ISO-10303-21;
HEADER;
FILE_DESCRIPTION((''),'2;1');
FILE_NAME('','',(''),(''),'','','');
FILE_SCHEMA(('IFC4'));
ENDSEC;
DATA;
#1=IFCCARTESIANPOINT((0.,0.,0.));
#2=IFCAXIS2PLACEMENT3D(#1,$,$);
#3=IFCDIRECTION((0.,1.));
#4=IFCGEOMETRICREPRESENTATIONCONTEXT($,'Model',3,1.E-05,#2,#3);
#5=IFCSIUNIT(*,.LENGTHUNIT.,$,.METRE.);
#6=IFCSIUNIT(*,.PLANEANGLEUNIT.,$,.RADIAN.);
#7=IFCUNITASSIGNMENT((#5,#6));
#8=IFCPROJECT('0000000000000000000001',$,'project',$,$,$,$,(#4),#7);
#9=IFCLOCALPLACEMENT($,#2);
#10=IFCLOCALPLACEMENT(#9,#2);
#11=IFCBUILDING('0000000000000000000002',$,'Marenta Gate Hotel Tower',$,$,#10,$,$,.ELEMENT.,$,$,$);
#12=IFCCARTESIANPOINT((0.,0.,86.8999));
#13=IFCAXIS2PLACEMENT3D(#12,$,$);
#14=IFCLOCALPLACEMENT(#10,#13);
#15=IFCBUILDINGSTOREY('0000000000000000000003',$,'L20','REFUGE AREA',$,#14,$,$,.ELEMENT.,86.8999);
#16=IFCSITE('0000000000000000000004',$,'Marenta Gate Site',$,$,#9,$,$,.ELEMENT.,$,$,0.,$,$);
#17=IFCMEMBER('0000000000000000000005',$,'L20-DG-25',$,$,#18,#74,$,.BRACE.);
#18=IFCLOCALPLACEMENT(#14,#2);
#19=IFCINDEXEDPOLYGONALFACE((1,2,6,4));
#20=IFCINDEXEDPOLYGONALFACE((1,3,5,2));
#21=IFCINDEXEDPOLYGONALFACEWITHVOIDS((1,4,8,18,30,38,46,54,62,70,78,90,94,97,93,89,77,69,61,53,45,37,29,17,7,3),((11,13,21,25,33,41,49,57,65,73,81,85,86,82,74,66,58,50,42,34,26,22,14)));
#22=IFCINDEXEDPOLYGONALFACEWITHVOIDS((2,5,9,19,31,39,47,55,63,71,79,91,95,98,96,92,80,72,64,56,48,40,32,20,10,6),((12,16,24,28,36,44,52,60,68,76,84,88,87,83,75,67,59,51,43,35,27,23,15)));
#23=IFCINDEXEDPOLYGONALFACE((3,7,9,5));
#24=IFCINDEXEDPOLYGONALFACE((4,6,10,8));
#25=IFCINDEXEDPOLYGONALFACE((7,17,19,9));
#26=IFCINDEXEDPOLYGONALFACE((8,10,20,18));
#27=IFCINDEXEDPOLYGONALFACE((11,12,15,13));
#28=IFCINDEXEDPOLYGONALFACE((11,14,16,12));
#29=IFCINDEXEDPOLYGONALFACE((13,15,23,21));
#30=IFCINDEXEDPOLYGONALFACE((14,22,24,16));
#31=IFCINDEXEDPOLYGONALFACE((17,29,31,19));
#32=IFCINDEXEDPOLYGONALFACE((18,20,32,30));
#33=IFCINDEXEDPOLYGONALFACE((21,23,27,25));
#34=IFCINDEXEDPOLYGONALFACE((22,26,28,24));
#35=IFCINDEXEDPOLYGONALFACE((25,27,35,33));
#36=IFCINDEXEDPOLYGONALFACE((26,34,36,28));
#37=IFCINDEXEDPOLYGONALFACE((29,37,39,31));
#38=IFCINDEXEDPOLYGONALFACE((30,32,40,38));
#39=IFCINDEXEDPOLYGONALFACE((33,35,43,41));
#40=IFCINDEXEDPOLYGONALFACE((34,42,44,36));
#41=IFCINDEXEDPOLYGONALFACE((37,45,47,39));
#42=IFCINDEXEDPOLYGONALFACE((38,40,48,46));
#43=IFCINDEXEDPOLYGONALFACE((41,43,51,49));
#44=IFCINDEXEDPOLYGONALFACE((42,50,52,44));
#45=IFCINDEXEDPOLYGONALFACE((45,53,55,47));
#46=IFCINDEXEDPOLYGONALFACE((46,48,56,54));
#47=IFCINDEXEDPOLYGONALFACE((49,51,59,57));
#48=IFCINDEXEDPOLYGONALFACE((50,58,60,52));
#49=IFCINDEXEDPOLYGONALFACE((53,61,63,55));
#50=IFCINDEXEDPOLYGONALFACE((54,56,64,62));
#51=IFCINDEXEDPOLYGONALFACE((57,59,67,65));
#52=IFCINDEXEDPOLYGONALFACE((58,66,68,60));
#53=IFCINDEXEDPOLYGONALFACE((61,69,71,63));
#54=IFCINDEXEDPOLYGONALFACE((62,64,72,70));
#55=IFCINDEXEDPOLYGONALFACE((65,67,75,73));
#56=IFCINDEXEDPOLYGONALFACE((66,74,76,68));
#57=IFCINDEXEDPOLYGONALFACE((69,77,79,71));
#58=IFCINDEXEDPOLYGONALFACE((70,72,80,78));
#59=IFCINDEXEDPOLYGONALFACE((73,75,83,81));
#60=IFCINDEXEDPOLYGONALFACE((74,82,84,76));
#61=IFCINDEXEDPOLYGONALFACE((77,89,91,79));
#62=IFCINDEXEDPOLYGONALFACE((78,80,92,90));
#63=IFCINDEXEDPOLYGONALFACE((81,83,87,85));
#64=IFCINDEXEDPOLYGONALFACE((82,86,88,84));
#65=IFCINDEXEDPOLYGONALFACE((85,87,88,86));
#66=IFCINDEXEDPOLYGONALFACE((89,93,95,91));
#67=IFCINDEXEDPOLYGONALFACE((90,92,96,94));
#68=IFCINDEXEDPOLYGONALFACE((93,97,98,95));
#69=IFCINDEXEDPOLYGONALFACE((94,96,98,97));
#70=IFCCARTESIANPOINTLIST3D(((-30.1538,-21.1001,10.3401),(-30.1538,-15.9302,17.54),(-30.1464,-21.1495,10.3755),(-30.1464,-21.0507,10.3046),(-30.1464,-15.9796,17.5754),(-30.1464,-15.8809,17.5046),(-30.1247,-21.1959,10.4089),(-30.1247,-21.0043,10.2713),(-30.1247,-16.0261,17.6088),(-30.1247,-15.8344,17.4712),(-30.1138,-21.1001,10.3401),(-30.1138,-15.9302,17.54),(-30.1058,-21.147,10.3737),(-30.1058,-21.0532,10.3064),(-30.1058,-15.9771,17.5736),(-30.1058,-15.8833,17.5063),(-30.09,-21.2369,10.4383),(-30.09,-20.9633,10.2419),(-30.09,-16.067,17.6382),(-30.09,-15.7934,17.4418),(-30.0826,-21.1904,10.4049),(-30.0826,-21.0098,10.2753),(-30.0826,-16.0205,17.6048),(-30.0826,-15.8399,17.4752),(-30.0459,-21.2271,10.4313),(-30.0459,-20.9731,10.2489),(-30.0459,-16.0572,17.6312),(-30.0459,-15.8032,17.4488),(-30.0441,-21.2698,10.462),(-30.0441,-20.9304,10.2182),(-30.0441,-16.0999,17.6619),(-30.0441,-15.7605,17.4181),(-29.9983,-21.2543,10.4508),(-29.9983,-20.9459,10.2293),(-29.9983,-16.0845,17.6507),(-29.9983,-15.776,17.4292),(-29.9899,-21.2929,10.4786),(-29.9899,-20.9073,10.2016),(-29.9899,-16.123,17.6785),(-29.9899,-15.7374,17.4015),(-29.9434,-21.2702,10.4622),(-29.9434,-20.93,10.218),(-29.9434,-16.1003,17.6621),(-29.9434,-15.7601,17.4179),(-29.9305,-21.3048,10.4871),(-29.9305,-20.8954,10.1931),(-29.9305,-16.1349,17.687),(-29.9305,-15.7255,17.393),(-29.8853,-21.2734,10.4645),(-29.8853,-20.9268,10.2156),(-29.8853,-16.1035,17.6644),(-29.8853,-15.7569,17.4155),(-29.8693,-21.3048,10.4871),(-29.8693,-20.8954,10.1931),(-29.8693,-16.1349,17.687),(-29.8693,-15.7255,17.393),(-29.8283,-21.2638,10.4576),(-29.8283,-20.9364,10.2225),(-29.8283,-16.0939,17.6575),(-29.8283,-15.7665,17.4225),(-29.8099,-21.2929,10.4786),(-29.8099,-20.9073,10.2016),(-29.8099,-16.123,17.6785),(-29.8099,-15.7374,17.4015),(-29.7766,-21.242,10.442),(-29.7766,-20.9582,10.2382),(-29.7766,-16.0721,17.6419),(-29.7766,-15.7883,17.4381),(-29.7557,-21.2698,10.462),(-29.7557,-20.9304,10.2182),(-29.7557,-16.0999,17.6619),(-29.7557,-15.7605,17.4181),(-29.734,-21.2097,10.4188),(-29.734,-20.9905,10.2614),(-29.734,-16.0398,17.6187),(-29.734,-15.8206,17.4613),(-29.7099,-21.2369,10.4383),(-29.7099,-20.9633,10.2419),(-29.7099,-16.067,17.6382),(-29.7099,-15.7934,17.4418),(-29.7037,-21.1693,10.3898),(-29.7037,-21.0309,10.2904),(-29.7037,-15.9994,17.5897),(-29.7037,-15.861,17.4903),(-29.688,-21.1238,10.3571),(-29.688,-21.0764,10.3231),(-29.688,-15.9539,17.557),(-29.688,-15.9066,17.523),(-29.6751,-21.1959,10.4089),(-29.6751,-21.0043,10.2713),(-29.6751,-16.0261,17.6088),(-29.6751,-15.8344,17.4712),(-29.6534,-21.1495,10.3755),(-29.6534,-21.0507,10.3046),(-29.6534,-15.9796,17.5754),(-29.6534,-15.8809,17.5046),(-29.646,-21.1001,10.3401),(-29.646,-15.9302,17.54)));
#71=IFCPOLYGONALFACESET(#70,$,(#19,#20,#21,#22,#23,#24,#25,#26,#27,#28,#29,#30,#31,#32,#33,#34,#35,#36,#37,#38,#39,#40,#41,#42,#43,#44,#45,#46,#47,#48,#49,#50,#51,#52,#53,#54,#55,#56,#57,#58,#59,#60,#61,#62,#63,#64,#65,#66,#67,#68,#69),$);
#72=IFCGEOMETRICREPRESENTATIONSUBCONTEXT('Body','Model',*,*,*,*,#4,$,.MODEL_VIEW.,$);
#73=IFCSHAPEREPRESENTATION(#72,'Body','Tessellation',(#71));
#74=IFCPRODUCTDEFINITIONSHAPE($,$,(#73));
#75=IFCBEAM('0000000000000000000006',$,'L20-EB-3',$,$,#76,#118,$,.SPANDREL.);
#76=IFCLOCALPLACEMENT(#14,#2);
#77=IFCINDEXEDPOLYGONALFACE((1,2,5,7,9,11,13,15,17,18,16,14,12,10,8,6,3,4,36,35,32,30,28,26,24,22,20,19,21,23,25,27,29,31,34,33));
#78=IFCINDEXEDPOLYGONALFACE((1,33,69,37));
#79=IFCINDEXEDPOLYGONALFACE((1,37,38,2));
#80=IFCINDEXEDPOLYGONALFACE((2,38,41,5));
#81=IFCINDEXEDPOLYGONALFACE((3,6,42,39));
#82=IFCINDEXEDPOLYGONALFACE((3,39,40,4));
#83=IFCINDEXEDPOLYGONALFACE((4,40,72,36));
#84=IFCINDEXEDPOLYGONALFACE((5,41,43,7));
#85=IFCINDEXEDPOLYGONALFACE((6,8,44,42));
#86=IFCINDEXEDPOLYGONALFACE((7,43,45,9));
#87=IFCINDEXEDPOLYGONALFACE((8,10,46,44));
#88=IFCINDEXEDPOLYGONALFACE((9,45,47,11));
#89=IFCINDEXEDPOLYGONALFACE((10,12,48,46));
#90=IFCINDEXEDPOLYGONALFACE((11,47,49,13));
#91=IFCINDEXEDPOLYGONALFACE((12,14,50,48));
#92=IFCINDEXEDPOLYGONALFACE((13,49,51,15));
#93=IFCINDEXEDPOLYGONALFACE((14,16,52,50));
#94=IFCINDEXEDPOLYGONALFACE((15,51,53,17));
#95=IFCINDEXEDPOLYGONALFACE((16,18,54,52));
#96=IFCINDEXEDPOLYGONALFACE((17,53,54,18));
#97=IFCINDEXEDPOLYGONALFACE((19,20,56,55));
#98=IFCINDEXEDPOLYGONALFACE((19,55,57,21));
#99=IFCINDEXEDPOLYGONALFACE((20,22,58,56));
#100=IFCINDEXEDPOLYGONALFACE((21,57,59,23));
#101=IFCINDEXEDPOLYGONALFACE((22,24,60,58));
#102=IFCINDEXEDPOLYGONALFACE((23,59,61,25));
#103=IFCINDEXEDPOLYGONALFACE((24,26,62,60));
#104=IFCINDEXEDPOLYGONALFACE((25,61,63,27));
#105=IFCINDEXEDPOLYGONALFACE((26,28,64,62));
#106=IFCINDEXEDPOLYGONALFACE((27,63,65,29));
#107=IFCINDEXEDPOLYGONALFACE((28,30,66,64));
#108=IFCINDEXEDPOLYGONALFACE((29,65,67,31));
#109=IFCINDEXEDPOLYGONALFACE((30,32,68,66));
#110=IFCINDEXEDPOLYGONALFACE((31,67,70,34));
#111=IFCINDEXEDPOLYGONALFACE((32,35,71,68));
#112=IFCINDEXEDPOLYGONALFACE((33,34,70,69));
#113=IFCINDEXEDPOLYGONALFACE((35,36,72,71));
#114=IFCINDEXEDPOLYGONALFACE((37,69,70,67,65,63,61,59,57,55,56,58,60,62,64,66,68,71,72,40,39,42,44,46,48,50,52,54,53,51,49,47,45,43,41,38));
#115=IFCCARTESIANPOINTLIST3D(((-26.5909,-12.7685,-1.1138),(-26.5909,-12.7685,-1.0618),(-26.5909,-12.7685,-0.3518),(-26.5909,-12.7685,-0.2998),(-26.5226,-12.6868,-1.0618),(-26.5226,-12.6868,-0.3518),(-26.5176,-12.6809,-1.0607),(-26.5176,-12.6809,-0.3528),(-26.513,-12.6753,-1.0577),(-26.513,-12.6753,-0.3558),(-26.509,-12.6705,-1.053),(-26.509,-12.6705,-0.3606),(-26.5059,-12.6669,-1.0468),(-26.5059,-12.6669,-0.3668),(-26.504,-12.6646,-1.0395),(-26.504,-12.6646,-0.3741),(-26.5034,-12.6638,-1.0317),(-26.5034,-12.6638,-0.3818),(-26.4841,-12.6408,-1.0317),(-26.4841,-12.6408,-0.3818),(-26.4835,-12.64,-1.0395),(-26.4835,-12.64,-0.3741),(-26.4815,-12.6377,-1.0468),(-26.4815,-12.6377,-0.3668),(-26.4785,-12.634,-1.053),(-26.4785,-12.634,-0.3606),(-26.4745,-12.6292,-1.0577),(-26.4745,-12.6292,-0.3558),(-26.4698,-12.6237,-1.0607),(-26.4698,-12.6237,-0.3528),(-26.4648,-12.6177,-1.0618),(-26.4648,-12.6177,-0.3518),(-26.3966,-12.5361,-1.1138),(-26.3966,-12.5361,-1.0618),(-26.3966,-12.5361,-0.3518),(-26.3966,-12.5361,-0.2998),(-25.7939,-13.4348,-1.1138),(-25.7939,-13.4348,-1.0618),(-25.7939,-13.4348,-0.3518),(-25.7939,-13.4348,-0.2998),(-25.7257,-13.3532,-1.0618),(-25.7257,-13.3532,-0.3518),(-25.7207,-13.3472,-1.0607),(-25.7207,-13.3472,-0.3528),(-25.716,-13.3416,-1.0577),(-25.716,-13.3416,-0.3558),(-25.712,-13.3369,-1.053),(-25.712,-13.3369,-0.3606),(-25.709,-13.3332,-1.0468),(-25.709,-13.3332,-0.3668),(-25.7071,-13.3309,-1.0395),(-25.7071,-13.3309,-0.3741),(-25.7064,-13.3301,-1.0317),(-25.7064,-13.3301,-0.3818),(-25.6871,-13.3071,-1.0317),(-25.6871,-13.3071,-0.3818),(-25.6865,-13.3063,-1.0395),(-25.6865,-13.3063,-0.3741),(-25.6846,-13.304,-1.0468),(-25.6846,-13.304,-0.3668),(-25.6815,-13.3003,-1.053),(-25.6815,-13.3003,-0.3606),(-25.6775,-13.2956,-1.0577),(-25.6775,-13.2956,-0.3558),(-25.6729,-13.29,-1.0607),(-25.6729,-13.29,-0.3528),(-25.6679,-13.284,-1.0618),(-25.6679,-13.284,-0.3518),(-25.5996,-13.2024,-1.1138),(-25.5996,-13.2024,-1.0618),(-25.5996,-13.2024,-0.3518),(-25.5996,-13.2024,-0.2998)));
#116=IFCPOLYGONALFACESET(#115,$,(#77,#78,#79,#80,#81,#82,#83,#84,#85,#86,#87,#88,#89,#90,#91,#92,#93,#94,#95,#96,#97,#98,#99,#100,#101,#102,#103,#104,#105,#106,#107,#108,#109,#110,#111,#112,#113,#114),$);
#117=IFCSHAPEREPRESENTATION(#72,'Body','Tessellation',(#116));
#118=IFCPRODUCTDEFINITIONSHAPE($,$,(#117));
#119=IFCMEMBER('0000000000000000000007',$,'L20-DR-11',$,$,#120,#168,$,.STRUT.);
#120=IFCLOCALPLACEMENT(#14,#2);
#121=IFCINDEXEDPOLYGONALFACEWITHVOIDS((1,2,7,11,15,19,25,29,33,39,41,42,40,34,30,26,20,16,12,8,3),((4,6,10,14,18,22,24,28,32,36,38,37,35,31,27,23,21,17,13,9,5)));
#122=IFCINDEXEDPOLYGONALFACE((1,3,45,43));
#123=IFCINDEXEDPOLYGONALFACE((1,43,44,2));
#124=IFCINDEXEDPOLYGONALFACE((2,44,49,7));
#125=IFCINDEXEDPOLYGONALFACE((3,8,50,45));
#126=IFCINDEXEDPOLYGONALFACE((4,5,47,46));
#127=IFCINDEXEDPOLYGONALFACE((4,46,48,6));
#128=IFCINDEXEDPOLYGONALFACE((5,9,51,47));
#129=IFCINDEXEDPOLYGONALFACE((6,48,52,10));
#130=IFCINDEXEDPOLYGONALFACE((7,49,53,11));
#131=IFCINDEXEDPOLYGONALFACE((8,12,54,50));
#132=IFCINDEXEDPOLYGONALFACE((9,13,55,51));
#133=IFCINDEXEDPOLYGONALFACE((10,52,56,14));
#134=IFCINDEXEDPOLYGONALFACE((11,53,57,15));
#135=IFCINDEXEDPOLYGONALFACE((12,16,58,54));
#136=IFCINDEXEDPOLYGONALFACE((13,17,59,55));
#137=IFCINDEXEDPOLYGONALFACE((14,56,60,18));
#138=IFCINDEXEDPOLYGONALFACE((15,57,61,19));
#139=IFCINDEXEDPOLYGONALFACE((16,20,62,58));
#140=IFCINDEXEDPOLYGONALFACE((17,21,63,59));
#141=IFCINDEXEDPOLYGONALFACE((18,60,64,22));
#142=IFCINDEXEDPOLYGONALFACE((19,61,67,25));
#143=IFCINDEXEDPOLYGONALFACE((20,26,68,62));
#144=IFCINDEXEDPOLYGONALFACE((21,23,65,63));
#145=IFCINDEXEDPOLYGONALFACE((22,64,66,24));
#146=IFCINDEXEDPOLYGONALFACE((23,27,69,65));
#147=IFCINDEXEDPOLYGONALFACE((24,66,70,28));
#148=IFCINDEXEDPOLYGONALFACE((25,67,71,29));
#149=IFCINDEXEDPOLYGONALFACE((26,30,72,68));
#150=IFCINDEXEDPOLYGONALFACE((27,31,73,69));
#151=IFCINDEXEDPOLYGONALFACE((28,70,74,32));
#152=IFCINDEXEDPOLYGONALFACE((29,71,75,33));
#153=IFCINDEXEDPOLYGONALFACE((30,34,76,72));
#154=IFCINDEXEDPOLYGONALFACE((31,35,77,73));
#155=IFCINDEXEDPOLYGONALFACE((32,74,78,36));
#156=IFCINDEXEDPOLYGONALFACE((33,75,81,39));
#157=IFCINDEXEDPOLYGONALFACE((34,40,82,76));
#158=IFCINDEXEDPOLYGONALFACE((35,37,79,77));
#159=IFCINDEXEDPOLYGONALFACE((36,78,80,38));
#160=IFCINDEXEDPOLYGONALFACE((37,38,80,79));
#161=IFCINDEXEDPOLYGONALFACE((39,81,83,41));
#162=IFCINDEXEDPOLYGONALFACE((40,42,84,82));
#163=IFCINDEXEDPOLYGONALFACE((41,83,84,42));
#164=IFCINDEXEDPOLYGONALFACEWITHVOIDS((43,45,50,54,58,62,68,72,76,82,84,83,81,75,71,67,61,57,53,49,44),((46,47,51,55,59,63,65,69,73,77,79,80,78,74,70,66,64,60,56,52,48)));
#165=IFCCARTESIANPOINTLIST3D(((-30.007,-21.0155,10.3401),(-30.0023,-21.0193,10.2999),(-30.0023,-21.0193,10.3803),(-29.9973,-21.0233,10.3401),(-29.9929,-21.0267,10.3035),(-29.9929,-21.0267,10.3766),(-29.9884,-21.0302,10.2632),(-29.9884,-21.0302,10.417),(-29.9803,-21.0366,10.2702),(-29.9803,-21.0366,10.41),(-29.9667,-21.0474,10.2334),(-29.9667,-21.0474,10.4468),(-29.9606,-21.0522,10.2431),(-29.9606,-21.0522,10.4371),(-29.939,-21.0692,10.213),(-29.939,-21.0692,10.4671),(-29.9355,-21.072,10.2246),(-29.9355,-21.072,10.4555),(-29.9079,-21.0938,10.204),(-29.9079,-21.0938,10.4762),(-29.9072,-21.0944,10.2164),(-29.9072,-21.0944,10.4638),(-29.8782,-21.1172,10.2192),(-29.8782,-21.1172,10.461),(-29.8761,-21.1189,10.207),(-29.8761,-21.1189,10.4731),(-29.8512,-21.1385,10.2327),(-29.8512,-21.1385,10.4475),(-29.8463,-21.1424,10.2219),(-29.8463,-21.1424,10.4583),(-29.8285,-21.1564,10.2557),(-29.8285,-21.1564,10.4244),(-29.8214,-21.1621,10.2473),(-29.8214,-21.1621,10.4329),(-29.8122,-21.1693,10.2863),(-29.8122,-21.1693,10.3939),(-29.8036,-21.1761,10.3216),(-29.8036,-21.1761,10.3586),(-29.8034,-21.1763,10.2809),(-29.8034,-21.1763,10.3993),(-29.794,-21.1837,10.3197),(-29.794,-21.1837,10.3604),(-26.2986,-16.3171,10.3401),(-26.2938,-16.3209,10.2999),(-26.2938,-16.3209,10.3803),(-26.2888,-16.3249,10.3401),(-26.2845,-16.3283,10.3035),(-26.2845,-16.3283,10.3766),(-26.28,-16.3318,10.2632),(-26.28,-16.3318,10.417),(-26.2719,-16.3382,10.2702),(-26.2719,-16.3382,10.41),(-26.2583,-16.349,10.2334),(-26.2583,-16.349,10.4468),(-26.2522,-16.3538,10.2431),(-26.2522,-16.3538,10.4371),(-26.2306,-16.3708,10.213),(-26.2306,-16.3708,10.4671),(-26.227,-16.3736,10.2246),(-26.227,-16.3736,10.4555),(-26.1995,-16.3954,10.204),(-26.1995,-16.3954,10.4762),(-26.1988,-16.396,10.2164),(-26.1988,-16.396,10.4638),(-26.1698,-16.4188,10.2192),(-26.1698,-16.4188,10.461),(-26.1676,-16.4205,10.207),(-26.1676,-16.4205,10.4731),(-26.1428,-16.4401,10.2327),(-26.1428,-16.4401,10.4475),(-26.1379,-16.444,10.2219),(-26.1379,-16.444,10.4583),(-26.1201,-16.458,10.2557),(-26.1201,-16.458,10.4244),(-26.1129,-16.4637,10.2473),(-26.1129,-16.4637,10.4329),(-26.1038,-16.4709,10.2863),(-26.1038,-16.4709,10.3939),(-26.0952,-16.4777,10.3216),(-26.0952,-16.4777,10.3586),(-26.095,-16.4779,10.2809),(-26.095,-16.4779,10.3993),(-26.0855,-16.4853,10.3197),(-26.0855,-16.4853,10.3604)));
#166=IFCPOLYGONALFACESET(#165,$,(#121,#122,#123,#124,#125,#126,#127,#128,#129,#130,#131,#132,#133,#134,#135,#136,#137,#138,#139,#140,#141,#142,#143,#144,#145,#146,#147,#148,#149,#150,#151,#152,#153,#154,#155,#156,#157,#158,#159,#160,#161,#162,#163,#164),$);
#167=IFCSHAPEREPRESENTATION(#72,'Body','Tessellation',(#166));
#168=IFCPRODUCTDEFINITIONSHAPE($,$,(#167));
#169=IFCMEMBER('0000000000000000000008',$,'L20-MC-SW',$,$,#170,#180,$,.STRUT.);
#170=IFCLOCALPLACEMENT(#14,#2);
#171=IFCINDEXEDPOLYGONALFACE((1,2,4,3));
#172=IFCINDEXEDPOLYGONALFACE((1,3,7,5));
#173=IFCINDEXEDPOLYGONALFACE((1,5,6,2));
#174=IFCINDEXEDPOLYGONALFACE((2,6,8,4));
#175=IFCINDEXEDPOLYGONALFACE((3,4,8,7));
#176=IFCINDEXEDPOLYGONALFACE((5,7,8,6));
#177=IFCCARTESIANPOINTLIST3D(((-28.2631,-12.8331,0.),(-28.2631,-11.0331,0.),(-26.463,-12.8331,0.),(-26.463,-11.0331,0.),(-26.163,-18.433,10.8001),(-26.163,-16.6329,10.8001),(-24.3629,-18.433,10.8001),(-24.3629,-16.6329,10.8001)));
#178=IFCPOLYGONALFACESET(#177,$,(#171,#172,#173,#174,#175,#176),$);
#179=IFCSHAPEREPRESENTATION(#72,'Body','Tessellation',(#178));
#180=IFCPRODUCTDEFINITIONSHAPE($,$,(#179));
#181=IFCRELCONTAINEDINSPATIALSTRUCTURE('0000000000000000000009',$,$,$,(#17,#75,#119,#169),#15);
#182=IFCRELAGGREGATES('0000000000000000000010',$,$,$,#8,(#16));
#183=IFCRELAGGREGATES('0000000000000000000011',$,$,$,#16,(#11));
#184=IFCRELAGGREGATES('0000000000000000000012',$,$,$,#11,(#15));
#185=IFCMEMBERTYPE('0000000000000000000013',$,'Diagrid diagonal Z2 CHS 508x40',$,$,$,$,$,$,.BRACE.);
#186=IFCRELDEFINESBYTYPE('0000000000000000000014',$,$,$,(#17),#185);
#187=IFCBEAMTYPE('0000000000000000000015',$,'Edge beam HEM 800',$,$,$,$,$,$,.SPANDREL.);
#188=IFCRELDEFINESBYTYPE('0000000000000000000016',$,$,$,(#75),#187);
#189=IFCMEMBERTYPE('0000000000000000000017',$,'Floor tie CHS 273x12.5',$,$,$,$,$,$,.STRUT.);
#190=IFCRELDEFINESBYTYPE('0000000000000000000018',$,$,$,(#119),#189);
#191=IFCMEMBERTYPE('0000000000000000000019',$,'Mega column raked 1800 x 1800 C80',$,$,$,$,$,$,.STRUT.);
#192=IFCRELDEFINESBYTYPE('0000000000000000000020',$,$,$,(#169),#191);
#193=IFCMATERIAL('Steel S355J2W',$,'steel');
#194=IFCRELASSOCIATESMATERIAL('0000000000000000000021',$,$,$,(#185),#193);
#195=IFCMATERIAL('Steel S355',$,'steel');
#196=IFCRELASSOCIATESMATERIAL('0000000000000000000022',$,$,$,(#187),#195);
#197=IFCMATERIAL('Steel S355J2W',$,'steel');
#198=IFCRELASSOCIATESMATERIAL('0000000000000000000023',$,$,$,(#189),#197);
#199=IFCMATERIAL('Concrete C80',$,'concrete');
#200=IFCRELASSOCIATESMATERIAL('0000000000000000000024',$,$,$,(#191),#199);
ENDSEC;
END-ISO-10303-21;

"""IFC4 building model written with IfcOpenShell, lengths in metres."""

from ifc_helpers import new_model, si_unit, direction, frame, origin, origin_2d, place, context, subcontext, project, spatial, rectangle, hollow_circle, i_section, extrude, material, material_profile, profile_set, type_object, element, save


model = new_model("IFC4")

# Units and contexts
model_context = context("Model", 3, precision=1e-05, world=origin(), true_north=direction((0.0, 1.0)))
body_context = subcontext(model_context, "Body", "Model", "MODEL_VIEW")
ifc_project = project(units=[si_unit("LENGTHUNIT", "METRE"), si_unit("PLANEANGLEUNIT", "RADIAN")], contexts=[model_context])

# Site, building, storey
site_placement = place(None, origin())
site = spatial("IfcSite", under=ifc_project, at=site_placement, Name="Marenta Gate Site", CompositionType="ELEMENT", RefElevation=0.0)
building_placement = place(site_placement, origin())
building = spatial("IfcBuilding", under=site, at=building_placement, Name="Marenta Gate Hotel Tower", CompositionType="ELEMENT")
storey_placement = place(building_placement, frame((0.0, 0.0, 86.8999)))
storey = spatial("IfcBuildingStorey", under=building, at=storey_placement, Name="L20", Description="REFUGE AREA", CompositionType="ELEMENT", Elevation=86.8999)

# Member
ifc_material_1 = material(Name="Steel S355J2W", Category="steel")
ifc_material_profile_1 = material_profile(ifc_material_1, hollow_circle(Radius=0.2539, WallThickness=0.04, at=origin_2d()), Name="CHS 508x40")
ifc_profile_set_1 = profile_set([ifc_material_profile_1], Name="Steel S355J2W")
member_type_1 = type_object("IfcMemberType", Name="Diagrid diagonal Z2 CHS 508x40", PredefinedType="BRACE", material=ifc_profile_set_1)
member_1_placement = place(storey_placement, frame((-29.8999, -21.1001, 10.3401), z_axis=(0.0, 0.583261, 0.812285), x_axis=(-1.0, 0.0, 0.0)))
element("IfcMember", 1, at=member_1_placement, inside=storey, type_object=member_type_1, Name="L20-DG-25", PredefinedType="BRACE", context=body_context, shape_type="SweptSolid", body=[
    extrude(hollow_circle(Radius=0.2539, WallThickness=0.04, at=origin_2d()), origin(), (0.0, 0.0, 1.0), 8.8638),
])

# Beam
ifc_material_2 = material(Name="Steel S355", Category="steel")
ifc_material_profile_2 = material_profile(ifc_material_2, i_section(OverallWidth=0.303, OverallDepth=0.814, WebThickness=0.03, FlangeThickness=0.052, FilletRadius=0.03, at=origin_2d()), Name="HEM 800")
ifc_profile_set_2 = profile_set([ifc_material_profile_2], Name="Steel S355")
beam_type_1 = type_object("IfcBeamType", Name="Edge beam HEM 800", PredefinedType="SPANDREL", material=ifc_profile_set_2)
beam_1_placement = place(storey_placement, frame((-25.6968, -13.3186, -0.7068), z_axis=(-0.76718, 0.641432, 0.0), x_axis=(-0.641432, -0.76718, 0.0)))
element("IfcBeam", 2, at=beam_1_placement, inside=storey, type_object=beam_type_1, Name="L20-EB-3", PredefinedType="SPANDREL", context=body_context, shape_type="SweptSolid", body=[
    extrude(i_section(OverallWidth=0.303, OverallDepth=0.814, WebThickness=0.03, FlangeThickness=0.052, FilletRadius=0.03, at=origin_2d()), origin(), (0.0, 0.0, 1.0), 1.0388),
])

# Members
ifc_material_3 = material(Name="Steel S355J2W", Category="steel")
ifc_material_profile_3 = material_profile(ifc_material_3, hollow_circle(Radius=0.1365, WallThickness=0.0125, at=origin_2d()), Name="CHS 273x12.5")
ifc_profile_set_3 = profile_set([ifc_material_profile_3], Name="Steel S355J2W")
member_type_2 = type_object("IfcMemberType", Name="Floor tie CHS 273x12.5", PredefinedType="STRUT", material=ifc_profile_set_3)
member_2_placement = place(storey_placement, frame((-29.8999, -21.1001, 10.3401), z_axis=(0.619558, 0.784951, 0.0), x_axis=(-0.784951, 0.619558, 0.0)))
element("IfcMember", 3, at=member_2_placement, inside=storey, type_object=member_type_2, Name="L20-DR-11", PredefinedType="STRUT", context=body_context, shape_type="SweptSolid", body=[
    extrude(hollow_circle(Radius=0.1365, WallThickness=0.0125, at=origin_2d()), origin(), (0.0, 0.0, 1.0), 5.9856),
])
ifc_material_4 = material(Name="Concrete C80", Category="concrete")
ifc_material_profile_4 = material_profile(ifc_material_4, rectangle(XDim=1.8, YDim=1.8, at=origin_2d()), Name="1800 x 1800")
ifc_profile_set_4 = profile_set([ifc_material_profile_4], Name="Concrete C80")
member_type_3 = type_object("IfcMemberType", Name="Mega column raked 1800 x 1800 C80", PredefinedType="STRUT", material=ifc_profile_set_4)
member_3_placement = place(storey_placement, frame((-27.363, -11.9331, 0.0), z_axis=(0.0, 0.0, 1.0), x_axis=(1.0, 0.0, 0.0)))
element("IfcMember", 4, at=member_3_placement, inside=storey, type_object=member_type_3, Name="L20-MC-SW", PredefinedType="STRUT", context=body_context, shape_type="SweptSolid", body=[
    extrude(rectangle(XDim=1.8, YDim=1.8, at=origin_2d()), origin(), (0.170111, -0.453597, 0.874821), 12.3455),
])

save(model, "model.ifc")
